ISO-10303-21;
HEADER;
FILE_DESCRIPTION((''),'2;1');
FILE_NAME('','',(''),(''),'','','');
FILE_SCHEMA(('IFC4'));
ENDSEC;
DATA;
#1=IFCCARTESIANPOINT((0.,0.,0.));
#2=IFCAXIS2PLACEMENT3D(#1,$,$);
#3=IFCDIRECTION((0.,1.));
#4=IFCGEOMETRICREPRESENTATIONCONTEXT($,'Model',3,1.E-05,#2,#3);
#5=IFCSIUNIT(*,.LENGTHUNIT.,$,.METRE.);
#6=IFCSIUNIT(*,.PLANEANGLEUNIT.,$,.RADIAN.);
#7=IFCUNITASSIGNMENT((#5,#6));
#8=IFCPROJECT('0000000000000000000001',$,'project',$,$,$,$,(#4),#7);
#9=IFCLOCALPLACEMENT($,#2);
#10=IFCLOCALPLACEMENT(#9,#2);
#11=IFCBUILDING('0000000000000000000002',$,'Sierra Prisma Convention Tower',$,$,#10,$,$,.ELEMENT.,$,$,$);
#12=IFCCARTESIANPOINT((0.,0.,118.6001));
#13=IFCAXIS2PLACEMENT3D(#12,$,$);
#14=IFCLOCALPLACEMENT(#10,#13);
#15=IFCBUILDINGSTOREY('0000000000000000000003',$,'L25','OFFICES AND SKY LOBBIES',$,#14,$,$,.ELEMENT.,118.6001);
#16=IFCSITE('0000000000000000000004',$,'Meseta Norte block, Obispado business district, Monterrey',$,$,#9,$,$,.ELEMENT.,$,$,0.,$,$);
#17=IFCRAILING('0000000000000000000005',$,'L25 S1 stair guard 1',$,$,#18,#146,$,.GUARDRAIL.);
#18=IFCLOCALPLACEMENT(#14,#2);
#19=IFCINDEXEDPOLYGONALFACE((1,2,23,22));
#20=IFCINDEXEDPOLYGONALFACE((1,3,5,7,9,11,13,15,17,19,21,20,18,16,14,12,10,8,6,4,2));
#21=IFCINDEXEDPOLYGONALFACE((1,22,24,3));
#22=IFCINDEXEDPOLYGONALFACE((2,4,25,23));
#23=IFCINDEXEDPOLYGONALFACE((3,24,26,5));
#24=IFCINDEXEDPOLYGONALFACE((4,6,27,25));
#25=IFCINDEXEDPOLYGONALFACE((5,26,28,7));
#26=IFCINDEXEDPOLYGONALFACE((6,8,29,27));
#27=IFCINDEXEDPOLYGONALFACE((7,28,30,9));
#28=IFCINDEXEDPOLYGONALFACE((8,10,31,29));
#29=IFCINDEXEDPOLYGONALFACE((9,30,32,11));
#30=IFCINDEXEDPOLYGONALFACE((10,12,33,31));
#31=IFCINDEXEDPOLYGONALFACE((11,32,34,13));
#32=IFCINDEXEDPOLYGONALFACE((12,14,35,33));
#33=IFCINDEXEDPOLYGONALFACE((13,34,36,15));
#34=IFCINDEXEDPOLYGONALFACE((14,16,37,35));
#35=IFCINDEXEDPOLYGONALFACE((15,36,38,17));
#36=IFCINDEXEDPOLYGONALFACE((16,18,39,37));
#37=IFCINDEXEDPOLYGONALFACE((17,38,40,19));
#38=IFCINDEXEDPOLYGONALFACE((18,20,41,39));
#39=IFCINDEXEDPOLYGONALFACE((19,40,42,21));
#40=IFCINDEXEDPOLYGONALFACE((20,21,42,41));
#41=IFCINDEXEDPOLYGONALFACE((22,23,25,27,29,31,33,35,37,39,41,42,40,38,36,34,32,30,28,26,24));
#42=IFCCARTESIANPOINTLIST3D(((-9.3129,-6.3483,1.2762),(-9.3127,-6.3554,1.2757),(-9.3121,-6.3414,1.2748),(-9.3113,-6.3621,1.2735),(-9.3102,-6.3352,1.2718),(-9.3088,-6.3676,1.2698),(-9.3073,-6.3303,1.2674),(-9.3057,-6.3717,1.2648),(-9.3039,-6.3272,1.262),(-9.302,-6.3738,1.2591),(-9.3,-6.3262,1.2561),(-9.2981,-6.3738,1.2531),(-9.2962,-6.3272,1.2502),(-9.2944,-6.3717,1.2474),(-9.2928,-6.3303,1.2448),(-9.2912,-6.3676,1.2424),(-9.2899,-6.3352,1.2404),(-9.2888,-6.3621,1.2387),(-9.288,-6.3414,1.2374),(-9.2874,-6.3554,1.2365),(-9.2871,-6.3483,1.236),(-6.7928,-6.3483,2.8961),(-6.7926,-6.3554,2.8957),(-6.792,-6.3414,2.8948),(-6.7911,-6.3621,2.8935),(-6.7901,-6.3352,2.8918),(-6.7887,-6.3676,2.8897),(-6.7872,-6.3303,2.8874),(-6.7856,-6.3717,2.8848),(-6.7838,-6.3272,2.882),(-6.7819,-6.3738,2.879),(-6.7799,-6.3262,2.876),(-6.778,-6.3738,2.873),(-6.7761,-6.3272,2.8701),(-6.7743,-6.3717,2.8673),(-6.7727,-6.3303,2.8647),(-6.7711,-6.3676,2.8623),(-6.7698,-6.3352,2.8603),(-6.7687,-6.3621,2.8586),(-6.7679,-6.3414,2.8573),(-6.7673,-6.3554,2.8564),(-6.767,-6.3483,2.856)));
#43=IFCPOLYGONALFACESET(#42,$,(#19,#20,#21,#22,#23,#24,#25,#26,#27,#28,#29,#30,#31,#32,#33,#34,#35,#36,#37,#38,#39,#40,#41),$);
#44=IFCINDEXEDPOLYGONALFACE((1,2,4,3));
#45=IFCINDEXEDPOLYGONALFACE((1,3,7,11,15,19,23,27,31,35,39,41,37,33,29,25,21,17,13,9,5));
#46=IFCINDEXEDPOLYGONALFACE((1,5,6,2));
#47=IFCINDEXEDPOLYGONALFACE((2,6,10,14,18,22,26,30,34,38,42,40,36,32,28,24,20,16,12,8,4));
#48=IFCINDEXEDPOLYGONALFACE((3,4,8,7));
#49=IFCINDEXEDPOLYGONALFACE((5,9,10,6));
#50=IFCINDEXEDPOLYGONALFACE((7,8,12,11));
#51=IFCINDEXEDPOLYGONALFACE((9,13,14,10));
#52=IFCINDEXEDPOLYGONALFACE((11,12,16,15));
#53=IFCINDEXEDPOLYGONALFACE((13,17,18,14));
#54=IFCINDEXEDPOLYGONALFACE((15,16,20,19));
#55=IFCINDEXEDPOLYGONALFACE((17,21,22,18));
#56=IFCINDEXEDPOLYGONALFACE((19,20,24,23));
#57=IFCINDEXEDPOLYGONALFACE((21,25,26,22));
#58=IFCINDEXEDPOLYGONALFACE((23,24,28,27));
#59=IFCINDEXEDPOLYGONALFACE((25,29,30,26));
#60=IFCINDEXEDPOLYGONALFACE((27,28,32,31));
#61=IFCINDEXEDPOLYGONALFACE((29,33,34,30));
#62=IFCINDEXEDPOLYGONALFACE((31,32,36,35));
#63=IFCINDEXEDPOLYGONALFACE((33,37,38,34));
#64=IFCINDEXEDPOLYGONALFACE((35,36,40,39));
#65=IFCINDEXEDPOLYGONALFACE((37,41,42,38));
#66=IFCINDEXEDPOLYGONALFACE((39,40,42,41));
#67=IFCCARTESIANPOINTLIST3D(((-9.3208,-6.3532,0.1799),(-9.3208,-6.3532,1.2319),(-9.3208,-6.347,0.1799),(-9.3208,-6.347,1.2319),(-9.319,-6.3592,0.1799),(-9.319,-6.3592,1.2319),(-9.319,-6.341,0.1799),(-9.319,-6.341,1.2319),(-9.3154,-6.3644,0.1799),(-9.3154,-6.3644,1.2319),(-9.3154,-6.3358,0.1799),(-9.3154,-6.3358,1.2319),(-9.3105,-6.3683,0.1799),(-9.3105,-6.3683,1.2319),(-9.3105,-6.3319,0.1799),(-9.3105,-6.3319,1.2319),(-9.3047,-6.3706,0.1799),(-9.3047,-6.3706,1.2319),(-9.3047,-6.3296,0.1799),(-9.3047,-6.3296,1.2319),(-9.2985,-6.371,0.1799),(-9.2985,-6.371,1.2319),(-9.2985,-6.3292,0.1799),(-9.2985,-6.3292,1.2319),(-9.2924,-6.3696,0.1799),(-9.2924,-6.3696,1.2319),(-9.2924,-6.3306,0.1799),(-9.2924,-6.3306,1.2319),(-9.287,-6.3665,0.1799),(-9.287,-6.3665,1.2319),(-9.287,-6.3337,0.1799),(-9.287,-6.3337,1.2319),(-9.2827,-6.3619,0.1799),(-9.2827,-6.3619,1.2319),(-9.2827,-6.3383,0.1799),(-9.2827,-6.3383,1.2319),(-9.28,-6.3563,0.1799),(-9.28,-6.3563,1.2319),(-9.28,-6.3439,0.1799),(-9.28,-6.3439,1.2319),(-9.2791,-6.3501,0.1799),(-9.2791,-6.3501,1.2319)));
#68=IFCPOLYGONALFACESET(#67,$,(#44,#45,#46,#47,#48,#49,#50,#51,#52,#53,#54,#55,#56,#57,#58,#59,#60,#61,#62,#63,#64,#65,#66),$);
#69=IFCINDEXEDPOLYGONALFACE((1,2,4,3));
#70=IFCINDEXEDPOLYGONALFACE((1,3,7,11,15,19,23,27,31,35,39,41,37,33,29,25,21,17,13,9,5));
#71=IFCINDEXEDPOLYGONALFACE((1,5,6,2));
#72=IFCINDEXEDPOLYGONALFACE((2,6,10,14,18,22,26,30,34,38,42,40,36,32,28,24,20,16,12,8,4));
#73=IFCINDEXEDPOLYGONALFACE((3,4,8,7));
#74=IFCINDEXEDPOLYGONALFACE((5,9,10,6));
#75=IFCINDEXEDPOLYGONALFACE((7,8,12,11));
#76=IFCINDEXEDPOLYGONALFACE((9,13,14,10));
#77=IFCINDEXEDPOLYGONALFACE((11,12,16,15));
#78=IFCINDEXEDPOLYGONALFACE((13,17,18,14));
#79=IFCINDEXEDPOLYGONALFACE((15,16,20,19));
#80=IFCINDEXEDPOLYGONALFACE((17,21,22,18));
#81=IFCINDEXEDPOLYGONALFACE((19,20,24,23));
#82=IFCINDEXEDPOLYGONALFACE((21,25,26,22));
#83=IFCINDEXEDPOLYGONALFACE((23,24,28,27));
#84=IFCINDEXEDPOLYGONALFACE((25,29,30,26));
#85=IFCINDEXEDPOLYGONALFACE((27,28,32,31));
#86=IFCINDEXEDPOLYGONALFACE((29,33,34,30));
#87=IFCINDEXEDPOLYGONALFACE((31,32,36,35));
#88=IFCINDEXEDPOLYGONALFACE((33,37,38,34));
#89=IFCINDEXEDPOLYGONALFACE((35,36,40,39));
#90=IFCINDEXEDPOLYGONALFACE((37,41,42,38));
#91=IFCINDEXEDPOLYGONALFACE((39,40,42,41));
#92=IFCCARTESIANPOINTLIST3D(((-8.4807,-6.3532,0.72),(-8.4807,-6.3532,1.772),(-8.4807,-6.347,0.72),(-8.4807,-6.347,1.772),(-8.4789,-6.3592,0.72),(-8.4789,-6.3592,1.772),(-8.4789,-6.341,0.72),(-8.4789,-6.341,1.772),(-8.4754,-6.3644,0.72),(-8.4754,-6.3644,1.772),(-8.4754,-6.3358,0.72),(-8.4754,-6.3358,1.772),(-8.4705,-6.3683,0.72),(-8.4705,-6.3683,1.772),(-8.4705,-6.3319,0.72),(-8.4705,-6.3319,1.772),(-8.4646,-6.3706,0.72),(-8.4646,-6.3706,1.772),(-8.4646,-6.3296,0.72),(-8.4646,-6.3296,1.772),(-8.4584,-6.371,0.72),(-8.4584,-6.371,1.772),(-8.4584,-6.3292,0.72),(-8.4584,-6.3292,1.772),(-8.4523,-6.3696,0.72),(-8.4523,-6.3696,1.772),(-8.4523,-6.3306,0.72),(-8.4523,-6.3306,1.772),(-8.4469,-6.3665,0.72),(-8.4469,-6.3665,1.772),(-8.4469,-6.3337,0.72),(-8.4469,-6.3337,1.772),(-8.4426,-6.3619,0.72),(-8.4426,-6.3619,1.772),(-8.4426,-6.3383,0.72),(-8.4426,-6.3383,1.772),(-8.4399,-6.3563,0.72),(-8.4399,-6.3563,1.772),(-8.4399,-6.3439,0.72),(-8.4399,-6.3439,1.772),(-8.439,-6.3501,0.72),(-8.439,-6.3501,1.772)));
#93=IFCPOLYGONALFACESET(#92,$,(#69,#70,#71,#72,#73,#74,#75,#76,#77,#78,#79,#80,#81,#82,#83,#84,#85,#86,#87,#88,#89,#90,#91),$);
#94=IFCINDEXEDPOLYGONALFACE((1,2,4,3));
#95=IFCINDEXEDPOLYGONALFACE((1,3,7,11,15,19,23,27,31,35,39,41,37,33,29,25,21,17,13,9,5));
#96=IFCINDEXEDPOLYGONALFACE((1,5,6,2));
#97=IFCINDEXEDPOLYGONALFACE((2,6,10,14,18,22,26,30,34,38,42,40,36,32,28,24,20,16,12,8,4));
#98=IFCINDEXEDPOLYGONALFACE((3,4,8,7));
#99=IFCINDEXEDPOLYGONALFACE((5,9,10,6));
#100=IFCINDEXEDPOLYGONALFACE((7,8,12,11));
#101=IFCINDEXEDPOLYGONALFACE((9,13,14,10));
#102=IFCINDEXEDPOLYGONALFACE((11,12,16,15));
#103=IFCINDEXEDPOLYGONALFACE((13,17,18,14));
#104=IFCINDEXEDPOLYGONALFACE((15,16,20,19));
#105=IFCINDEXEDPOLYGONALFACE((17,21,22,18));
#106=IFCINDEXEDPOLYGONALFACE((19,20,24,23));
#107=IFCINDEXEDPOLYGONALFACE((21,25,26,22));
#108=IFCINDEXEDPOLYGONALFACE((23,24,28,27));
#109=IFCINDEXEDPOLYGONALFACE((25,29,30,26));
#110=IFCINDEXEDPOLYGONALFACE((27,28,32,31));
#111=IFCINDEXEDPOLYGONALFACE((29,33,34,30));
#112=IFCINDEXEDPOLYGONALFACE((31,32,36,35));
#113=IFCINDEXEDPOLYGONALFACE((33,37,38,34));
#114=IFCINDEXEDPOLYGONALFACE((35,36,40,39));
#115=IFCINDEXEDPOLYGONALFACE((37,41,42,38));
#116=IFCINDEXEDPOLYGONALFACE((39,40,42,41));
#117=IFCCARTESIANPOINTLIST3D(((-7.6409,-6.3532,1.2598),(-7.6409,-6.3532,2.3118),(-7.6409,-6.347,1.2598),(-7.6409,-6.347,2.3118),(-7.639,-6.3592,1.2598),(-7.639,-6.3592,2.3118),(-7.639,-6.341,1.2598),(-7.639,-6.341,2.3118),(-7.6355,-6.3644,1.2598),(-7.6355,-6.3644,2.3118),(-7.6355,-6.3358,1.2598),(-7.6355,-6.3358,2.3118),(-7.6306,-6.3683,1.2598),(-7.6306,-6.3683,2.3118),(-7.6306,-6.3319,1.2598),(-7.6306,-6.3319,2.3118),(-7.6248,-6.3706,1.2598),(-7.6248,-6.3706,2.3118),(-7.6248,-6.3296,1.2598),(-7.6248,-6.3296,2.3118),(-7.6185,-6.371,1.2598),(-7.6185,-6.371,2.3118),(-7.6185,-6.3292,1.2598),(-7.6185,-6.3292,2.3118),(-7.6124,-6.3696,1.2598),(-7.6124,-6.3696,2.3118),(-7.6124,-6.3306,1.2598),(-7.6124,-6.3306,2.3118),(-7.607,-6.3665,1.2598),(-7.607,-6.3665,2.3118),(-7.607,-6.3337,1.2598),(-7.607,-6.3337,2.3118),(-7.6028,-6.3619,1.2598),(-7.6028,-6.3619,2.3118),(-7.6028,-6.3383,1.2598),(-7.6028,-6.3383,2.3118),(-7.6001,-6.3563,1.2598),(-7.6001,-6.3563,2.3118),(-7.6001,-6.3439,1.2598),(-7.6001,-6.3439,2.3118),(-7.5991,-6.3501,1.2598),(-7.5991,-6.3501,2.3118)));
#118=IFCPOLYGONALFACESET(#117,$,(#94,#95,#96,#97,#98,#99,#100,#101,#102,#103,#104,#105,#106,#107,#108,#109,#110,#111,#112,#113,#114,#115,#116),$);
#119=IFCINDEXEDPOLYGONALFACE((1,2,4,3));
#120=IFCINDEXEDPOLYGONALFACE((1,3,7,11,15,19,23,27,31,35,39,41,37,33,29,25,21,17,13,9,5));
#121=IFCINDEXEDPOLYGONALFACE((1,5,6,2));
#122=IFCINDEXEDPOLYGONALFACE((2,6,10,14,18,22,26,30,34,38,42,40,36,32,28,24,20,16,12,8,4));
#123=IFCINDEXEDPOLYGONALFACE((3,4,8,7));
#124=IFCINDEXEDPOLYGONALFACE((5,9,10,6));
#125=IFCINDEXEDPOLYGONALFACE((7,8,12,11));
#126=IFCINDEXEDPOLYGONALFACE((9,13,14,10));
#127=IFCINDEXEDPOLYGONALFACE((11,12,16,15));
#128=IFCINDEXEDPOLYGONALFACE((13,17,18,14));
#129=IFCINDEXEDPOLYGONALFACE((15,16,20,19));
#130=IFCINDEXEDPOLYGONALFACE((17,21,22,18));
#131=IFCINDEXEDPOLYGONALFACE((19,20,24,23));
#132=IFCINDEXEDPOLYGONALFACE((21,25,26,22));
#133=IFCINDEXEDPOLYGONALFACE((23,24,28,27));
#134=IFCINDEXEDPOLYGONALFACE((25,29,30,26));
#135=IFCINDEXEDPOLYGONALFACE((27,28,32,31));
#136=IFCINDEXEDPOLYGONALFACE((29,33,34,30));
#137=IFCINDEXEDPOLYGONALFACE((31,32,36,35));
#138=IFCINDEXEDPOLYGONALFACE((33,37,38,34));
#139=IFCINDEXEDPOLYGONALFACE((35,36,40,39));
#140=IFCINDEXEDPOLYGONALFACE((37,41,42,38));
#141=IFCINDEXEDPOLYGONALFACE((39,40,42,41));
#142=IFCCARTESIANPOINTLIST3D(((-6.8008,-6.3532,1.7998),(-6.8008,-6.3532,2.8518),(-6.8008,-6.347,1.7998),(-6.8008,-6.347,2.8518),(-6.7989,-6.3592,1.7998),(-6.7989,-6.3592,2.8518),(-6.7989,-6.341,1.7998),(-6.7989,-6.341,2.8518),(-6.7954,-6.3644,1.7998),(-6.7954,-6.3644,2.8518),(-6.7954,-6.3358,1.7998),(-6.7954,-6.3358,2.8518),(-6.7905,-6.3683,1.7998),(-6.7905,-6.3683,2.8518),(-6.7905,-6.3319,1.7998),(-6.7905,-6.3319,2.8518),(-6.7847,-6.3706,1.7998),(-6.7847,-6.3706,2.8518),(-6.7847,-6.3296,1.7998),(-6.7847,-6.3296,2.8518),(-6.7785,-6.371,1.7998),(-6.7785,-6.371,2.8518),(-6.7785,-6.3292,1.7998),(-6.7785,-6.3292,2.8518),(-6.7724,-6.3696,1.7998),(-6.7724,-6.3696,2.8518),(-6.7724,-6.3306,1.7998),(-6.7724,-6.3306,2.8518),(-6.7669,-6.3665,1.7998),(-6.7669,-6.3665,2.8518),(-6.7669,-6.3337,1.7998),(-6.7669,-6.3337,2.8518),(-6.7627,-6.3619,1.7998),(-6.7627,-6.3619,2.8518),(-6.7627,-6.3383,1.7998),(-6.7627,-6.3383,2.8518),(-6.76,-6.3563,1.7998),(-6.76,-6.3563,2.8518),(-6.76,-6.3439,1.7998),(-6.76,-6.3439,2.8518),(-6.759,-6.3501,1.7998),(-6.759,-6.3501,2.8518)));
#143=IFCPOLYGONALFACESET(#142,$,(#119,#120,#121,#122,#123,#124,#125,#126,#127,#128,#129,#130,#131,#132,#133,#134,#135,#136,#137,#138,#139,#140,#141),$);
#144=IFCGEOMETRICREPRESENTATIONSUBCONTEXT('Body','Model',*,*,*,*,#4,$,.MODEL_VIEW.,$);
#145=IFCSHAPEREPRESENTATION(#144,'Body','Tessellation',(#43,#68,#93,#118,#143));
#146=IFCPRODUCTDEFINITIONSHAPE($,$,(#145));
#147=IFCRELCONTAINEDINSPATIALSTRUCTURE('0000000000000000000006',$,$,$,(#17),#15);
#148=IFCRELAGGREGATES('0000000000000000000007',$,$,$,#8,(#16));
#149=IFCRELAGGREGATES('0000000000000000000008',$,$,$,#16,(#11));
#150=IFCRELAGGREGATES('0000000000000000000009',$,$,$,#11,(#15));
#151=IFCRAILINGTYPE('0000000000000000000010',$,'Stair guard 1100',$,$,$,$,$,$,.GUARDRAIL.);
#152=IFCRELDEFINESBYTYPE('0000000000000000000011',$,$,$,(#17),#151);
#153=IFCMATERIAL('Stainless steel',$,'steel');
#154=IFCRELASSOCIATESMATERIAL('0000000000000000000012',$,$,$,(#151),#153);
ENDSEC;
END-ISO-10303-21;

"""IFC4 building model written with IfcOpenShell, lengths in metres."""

from ifc_helpers import new_model, si_unit, direction, frame, origin, origin_2d, place, context, subcontext, project, spatial, circle, extrude, material, type_object, element, save


model = new_model("IFC4")

# Units and contexts
model_context = context("Model", 3, precision=1e-05, world=origin(), true_north=direction((0.0, 1.0)))
body_context = subcontext(model_context, "Body", "Model", "MODEL_VIEW")
ifc_project = project(units=[si_unit("LENGTHUNIT", "METRE"), si_unit("PLANEANGLEUNIT", "RADIAN")], contexts=[model_context])

# Site, building, storey
site_placement = place(None, origin())
site = spatial("IfcSite", under=ifc_project, at=site_placement, Name="Meseta Norte block, Obispado business district, Monterrey", CompositionType="ELEMENT", RefElevation=0.0)
building_placement = place(site_placement, origin())
building = spatial("IfcBuilding", under=site, at=building_placement, Name="Sierra Prisma Convention Tower", CompositionType="ELEMENT")
storey_placement = place(building_placement, frame((0.0, 0.0, 118.6001)))
storey = spatial("IfcBuildingStorey", under=building, at=storey_placement, Name="L25", Description="OFFICES AND SKY LOBBIES", CompositionType="ELEMENT", Elevation=118.6001)

# Railing
ifc_material_1 = material(Name="Stainless steel", Category="steel")
railing_type_1 = type_object("IfcRailingType", Name="Stair guard 1100", PredefinedType="GUARDRAIL", material=ifc_material_1)
railing_1_placement = place(storey_placement, frame((-9.3, -6.3501, 0.1799)))
element("IfcRailing", 1, at=railing_1_placement, inside=storey, type_object=railing_type_1, Name="L25 S1 stair guard 1", PredefinedType="GUARDRAIL", context=body_context, shape_type="SweptSolid", body=[
    extrude(circle(Radius=0.0239, at=origin_2d()), frame((0.0, 0.0, 1.0762), z_axis=(0.8412, 0.0, 0.540725), x_axis=(0.0, 1.0, 0.0)), (0.0, 0.0, 1.0), 2.9958),
    extrude(circle(Radius=0.021, at=origin_2d()), origin(), (0.0, 0.0, 1.0), 1.052),
    extrude(circle(Radius=0.021, at=origin_2d()), frame((0.8401, 0.0, 0.54)), (0.0, 0.0, 1.0), 1.052),
    extrude(circle(Radius=0.021, at=origin_2d()), frame((1.6799, 0.0, 1.0798)), (0.0, 0.0, 1.0), 1.052),
    extrude(circle(Radius=0.021, at=origin_2d()), frame((2.52, 0.0, 1.6199)), (0.0, 0.0, 1.0), 1.052),
])

save(model, "model.ifc")
